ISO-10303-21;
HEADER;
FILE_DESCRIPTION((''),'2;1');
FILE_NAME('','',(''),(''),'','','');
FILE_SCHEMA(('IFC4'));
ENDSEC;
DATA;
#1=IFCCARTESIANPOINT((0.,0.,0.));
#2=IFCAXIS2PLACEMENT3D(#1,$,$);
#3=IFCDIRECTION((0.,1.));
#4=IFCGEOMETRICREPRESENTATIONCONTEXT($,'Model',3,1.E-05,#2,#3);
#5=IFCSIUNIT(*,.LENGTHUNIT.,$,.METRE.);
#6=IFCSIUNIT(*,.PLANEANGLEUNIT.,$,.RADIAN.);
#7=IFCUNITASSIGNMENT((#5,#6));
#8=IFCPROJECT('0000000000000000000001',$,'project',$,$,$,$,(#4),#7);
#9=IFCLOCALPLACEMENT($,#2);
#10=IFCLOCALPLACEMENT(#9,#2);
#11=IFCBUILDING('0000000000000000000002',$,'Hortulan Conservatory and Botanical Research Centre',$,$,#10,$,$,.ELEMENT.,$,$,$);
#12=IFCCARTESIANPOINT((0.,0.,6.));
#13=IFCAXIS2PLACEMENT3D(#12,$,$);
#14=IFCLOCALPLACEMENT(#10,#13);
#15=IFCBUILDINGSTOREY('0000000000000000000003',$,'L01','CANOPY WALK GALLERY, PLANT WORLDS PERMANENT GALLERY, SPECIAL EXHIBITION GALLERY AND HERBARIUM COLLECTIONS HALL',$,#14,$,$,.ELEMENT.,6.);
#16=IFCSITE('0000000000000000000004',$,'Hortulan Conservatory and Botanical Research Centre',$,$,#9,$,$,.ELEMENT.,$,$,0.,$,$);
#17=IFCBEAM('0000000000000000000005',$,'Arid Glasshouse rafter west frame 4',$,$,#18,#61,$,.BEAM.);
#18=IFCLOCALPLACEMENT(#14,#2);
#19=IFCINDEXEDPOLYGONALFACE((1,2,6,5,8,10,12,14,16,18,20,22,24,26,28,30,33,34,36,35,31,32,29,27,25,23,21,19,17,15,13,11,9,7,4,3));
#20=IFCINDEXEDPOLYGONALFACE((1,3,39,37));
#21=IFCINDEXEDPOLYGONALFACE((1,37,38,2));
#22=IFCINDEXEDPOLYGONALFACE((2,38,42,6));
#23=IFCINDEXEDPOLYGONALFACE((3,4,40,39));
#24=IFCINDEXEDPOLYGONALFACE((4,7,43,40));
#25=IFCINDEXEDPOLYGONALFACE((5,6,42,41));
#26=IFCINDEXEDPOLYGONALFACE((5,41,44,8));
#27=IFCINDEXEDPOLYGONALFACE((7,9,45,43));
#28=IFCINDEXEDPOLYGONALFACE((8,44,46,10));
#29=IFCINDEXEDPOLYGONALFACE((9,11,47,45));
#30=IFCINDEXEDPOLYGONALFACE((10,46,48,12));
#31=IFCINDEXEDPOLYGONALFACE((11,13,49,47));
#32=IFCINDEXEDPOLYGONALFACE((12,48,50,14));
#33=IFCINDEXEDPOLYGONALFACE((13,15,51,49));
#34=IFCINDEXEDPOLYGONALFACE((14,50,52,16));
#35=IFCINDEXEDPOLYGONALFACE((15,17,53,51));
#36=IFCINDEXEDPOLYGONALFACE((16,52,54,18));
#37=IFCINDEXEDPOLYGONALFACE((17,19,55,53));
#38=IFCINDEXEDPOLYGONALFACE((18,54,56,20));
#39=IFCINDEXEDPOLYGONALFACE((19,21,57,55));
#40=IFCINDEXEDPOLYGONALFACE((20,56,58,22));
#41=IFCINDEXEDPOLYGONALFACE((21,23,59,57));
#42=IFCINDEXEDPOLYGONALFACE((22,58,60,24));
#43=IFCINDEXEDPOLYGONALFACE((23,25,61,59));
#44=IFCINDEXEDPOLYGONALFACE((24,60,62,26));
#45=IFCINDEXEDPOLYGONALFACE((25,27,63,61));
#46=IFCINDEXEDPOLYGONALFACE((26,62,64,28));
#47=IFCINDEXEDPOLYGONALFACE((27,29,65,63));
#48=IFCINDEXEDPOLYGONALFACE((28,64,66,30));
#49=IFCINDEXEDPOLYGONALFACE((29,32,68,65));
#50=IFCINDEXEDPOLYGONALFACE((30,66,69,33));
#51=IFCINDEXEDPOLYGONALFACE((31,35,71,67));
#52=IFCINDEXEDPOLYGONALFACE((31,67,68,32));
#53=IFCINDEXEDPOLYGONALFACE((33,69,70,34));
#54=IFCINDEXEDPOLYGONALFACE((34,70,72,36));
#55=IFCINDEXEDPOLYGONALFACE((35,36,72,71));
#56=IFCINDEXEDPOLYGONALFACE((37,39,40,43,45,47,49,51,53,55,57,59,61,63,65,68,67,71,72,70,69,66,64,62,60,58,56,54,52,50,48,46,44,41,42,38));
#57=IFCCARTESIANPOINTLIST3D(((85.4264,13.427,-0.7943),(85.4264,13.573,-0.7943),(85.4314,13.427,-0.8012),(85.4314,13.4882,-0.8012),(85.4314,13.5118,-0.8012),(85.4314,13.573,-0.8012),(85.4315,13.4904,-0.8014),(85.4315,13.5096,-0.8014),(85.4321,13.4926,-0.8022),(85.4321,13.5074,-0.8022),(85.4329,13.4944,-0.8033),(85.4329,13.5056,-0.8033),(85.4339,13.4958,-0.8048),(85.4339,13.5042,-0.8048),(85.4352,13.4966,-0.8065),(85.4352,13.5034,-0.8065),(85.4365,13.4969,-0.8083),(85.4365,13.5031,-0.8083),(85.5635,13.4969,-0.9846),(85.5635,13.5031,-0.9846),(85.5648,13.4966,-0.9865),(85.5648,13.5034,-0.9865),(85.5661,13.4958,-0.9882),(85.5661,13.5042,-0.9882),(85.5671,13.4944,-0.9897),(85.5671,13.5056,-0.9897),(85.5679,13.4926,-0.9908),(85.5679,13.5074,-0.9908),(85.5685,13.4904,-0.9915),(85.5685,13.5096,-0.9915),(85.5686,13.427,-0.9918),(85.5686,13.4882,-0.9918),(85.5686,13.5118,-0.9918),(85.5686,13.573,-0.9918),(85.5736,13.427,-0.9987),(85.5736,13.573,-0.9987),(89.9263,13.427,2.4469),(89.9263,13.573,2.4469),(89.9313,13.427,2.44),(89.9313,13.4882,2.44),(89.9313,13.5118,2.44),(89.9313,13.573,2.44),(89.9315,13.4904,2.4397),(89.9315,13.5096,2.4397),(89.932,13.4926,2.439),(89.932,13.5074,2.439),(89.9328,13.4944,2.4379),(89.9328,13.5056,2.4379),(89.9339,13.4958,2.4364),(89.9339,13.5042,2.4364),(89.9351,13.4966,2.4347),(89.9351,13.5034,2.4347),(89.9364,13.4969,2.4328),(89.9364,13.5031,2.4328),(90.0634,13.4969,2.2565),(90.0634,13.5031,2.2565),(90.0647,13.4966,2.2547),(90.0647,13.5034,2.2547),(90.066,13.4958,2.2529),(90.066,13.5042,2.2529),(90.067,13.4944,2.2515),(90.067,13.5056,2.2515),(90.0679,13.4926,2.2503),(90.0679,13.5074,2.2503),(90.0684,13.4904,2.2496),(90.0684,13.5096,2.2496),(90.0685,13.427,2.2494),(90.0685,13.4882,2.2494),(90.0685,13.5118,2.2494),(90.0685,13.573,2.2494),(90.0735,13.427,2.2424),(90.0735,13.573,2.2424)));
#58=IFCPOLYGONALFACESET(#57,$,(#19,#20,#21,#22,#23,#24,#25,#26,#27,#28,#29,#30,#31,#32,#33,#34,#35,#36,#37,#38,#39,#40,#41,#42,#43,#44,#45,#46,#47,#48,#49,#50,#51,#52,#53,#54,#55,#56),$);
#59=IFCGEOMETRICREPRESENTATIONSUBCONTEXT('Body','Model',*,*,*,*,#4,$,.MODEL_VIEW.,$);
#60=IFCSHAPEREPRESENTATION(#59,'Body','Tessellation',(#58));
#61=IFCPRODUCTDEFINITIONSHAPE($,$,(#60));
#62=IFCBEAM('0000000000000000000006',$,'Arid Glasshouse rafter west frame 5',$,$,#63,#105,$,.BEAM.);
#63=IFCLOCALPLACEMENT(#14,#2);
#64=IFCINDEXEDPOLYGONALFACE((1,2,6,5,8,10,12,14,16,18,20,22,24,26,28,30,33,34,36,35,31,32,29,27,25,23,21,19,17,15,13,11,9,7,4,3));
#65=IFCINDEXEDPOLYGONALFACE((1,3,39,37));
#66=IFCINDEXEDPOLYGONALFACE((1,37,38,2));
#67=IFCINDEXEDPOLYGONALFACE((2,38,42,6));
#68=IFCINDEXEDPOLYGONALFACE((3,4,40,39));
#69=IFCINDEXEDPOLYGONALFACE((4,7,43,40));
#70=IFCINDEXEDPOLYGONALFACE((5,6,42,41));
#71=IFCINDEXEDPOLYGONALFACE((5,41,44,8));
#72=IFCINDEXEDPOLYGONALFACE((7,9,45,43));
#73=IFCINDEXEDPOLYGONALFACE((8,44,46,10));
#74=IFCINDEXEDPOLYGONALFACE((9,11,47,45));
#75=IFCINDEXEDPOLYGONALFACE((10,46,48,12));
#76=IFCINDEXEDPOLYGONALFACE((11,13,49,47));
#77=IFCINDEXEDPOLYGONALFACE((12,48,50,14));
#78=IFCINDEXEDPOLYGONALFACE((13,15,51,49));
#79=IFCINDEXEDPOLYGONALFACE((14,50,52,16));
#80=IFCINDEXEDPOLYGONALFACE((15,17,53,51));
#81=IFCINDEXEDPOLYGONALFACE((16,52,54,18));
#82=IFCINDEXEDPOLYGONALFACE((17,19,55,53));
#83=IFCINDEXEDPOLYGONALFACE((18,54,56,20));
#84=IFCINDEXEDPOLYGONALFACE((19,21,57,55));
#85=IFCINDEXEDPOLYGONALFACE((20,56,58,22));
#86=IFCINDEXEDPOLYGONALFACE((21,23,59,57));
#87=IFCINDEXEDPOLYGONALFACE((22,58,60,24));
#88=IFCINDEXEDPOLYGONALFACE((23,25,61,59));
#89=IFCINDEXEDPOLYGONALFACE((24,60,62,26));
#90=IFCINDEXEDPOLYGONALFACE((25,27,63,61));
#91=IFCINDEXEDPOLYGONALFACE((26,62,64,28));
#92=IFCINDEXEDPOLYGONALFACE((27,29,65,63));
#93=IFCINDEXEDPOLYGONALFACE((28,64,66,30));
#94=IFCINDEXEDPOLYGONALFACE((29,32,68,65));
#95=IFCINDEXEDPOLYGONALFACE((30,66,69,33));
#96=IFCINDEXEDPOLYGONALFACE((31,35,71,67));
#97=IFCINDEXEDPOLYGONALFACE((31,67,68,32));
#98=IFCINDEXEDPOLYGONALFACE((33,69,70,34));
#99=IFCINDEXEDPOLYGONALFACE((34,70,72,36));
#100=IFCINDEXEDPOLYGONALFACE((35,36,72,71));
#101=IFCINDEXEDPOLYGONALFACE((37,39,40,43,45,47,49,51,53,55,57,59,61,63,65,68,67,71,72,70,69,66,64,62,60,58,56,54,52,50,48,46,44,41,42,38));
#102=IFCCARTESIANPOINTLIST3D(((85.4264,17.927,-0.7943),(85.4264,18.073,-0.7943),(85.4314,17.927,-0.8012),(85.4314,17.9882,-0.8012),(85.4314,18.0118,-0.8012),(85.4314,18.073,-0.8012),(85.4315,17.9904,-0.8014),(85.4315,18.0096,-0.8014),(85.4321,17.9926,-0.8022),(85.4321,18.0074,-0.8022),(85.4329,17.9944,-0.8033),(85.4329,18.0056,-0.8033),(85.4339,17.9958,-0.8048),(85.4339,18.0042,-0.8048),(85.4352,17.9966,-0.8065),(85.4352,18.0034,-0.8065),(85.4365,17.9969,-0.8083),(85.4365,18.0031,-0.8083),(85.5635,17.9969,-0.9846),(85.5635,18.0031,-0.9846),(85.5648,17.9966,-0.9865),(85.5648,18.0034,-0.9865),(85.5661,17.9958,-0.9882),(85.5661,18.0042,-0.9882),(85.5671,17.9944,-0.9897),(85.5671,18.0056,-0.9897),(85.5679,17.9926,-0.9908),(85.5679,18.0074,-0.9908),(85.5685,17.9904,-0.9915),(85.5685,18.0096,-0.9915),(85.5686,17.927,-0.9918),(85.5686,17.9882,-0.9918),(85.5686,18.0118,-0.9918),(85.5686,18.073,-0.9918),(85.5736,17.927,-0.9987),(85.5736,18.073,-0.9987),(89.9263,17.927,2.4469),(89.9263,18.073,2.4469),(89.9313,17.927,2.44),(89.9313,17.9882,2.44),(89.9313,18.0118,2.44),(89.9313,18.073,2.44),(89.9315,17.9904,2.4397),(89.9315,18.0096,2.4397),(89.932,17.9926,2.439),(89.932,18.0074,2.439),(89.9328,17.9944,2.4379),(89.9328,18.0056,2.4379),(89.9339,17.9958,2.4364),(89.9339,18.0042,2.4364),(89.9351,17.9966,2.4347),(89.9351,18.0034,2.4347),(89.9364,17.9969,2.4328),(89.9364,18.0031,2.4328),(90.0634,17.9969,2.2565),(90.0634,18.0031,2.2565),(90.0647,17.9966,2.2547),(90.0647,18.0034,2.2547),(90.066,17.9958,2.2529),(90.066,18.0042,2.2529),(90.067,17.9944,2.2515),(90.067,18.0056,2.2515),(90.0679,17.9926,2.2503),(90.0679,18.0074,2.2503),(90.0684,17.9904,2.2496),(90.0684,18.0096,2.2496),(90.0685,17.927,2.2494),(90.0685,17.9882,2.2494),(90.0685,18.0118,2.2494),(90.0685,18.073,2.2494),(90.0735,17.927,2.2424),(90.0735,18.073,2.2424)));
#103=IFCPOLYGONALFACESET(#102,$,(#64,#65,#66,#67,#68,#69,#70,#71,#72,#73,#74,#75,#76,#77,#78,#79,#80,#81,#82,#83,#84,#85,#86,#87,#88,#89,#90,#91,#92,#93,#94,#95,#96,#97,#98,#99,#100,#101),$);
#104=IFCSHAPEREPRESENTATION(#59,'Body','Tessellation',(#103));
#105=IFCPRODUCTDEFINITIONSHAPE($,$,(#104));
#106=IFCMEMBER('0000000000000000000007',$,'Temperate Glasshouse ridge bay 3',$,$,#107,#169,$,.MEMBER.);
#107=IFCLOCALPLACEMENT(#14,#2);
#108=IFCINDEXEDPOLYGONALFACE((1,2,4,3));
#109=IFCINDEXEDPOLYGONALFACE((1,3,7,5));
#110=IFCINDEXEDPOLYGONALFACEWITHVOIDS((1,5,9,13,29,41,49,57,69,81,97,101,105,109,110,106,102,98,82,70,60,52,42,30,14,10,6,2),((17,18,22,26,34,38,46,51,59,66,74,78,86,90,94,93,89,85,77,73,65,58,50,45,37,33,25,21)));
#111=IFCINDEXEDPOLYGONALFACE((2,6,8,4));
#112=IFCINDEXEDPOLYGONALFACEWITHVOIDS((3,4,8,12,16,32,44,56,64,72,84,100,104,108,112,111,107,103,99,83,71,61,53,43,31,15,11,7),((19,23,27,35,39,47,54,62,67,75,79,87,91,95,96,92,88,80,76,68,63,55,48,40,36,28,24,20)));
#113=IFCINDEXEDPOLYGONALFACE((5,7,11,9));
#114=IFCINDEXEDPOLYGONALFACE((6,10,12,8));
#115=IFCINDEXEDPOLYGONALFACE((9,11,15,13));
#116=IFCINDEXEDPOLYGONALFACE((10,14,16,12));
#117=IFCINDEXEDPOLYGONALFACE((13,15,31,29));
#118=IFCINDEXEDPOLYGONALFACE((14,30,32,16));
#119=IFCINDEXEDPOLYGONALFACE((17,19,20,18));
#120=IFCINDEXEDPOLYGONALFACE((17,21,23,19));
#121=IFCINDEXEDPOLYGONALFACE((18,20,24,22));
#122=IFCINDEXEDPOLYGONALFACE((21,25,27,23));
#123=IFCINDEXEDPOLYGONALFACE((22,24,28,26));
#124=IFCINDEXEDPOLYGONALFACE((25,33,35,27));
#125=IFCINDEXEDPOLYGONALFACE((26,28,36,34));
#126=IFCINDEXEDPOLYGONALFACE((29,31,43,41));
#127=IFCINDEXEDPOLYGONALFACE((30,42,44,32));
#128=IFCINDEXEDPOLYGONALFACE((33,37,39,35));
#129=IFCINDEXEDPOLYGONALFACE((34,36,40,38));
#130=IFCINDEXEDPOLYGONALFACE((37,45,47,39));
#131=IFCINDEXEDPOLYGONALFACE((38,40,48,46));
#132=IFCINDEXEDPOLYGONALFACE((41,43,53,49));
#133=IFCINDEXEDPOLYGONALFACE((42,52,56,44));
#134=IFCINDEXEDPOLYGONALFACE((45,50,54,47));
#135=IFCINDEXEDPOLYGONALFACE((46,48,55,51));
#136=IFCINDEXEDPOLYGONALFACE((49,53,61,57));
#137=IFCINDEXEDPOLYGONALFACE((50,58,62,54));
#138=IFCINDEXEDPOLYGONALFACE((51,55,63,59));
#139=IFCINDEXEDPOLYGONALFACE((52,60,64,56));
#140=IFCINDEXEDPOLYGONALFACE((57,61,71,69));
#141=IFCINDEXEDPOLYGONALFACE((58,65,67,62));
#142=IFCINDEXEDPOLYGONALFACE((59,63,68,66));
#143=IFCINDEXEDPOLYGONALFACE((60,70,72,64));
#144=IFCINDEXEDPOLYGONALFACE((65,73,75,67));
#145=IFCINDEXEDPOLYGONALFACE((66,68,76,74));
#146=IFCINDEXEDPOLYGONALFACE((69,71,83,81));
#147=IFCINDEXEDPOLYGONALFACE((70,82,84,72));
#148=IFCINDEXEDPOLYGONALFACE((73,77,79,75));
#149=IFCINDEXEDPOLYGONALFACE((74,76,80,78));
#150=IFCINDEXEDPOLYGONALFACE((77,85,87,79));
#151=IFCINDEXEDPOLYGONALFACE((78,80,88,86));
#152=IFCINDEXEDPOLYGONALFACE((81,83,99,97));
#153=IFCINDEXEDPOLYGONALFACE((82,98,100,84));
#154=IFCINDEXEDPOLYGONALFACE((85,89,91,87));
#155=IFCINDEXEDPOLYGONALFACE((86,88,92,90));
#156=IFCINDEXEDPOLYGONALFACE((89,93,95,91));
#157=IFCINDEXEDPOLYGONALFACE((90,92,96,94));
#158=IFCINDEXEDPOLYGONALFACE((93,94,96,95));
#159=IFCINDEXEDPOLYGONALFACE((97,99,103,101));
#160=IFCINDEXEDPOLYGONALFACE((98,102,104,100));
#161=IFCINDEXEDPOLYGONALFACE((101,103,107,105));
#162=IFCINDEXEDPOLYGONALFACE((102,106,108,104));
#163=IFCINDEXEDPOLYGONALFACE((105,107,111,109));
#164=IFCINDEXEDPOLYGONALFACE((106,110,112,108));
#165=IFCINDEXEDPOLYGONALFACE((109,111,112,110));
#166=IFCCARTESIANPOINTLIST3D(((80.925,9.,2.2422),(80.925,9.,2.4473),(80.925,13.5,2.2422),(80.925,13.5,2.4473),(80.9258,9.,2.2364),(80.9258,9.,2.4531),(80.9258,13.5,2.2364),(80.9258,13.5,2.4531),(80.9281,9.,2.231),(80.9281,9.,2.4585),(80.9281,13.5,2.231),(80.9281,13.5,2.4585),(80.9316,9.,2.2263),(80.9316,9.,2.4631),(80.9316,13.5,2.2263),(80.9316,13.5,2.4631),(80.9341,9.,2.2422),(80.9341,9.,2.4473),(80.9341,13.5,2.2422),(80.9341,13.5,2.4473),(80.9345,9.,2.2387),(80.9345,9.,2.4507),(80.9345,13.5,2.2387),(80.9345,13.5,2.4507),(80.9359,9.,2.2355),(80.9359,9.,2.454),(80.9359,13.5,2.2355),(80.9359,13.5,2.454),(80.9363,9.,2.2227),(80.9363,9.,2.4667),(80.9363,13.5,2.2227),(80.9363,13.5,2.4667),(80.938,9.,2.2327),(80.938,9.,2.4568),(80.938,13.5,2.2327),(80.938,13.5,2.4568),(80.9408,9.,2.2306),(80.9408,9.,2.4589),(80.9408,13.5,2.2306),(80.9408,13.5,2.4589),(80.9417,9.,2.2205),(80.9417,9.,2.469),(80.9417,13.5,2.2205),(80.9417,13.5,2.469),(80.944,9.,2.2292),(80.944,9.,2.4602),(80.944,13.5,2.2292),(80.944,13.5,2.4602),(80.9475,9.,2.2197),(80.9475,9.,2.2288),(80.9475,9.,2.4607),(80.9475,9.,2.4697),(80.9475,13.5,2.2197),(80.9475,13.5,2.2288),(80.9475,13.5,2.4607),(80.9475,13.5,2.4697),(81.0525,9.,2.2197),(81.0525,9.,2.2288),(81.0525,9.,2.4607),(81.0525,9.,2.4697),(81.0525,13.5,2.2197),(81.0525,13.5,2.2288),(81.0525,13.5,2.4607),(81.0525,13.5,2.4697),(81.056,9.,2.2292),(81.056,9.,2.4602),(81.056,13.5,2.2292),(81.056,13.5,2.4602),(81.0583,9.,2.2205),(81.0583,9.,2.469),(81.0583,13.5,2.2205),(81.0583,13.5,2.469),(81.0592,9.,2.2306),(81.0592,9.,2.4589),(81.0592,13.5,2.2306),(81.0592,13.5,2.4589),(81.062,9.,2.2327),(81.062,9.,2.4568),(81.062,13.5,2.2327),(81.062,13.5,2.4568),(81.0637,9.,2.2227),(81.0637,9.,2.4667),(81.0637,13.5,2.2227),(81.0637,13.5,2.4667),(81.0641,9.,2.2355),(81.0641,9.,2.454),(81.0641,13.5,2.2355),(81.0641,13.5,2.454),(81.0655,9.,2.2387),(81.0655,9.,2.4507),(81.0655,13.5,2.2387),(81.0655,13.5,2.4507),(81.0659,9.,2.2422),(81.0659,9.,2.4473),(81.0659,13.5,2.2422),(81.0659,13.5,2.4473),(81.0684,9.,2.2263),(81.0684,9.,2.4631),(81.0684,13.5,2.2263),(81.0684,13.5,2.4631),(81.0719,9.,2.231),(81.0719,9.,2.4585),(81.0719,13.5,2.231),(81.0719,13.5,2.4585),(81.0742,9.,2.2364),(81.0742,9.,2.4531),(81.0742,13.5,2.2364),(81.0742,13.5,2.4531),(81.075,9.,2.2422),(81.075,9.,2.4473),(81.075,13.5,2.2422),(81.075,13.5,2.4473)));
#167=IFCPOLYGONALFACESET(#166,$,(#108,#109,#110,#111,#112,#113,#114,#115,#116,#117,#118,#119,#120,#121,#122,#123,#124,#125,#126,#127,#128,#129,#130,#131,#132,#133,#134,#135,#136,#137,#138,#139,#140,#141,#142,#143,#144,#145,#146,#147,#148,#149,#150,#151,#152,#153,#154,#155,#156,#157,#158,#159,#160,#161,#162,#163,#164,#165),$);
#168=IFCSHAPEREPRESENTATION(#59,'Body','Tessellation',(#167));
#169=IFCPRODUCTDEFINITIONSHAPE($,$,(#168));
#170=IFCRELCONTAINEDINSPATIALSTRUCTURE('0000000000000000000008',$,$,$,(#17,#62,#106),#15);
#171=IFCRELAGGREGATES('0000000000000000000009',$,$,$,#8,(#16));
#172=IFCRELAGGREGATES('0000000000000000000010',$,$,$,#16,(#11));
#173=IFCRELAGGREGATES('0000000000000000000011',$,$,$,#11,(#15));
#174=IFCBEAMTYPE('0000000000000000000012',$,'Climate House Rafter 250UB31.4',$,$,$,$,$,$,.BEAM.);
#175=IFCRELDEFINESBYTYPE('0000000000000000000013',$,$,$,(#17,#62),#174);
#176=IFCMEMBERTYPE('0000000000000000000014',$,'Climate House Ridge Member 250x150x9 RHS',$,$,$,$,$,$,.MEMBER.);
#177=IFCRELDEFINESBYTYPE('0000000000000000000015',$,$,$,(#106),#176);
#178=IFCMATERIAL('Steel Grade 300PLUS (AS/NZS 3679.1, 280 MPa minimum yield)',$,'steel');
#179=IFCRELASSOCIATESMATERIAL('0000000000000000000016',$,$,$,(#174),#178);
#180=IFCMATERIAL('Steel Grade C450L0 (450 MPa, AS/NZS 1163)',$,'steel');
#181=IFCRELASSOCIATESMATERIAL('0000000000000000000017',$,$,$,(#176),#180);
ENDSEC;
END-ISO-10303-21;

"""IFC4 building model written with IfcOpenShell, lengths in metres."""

from ifc_helpers import new_model, si_unit, direction, frame, origin, origin_2d, place, context, subcontext, project, spatial, hollow_rectangle, i_section, extrude, material, material_profile, profile_set, type_object, element, save


model = new_model("IFC4")

# Units and contexts
model_context = context("Model", 3, precision=1e-05, world=origin(), true_north=direction((0.0, 1.0)))
body_context = subcontext(model_context, "Body", "Model", "MODEL_VIEW")
ifc_project = project(units=[si_unit("LENGTHUNIT", "METRE"), si_unit("PLANEANGLEUNIT", "RADIAN")], contexts=[model_context])

# Site, building, storey
site_placement = place(None, origin())
site = spatial("IfcSite", under=ifc_project, at=site_placement, Name="Hortulan Conservatory and Botanical Research Centre", CompositionType="ELEMENT", RefElevation=0.0)
building_placement = place(site_placement, origin())
building = spatial("IfcBuilding", under=site, at=building_placement, Name="Hortulan Conservatory and Botanical Research Centre", CompositionType="ELEMENT")
storey_placement = place(building_placement, frame((0.0, 0.0, 6.0)))
storey = spatial("IfcBuildingStorey", under=building, at=storey_placement, Name="L01", Description="CANOPY WALK GALLERY, PLANT WORLDS PERMANENT GALLERY, SPECIAL EXHIBITION GALLERY AND HERBARIUM COLLECTIONS HALL", CompositionType="ELEMENT", Elevation=6.0)

# Shared definitions
ifc_material_1 = material(Name="Steel Grade C450L0 (450 MPa, AS/NZS 1163)", Category="steel")

# Beams
ifc_material_2 = material(Name="Steel Grade 300PLUS (AS/NZS 3679.1, 280 MPa minimum yield)", Category="steel")
ifc_material_profile_1 = material_profile(ifc_material_2, i_section(OverallWidth=0.146, OverallDepth=0.252, WebThickness=0.0061, FlangeThickness=0.0085, FilletRadius=0.0088, at=origin_2d()), Name="250UB31.4")
ifc_profile_set_1 = profile_set([ifc_material_profile_1], Name="Steel Grade 300PLUS (AS/NZS 3679.1, 280 MPa minimum yield)")
beam_type = type_object("IfcBeamType", Name="Climate House Rafter 250UB31.4", PredefinedType="BEAM", material=ifc_profile_set_1)
for number, where, z_axis, x_axis, name in (
    (1, (85.5, 13.5, -0.8965), (0.811431, 0.0, 0.584449), (0.0, 1.0, 0.0), "Arid Glasshouse rafter west frame 4"),
    (2, (85.5, 18.0, -0.8965), (0.811431, 0.0, 0.584449), (0.0, 1.0, 0.0), "Arid Glasshouse rafter west frame 5"),
):
    element("IfcBeam", number, at=place(storey_placement, frame(where, z_axis=z_axis, x_axis=x_axis)), inside=storey, type_object=beam_type, Name=name, PredefinedType="BEAM", context=body_context, shape_type="SweptSolid", body=[
        extrude(i_section(OverallWidth=0.146, OverallDepth=0.252, WebThickness=0.0061, FlangeThickness=0.0085, FilletRadius=0.0088, at=origin_2d()), origin(), (0.0, 0.0, 1.0), 5.5457),
    ])

# Member
ifc_material_profile_2 = material_profile(ifc_material_1, hollow_rectangle(XDim=0.1499, YDim=0.25, WallThickness=0.009, InnerFilletRadius=0.0134, OuterFilletRadius=0.0225, at=origin_2d()), Name="250x150x9RHS")
ifc_profile_set_2 = profile_set([ifc_material_profile_2], Name="Steel Grade C450L0 (450 MPa, AS/NZS 1163)")
member_type_1 = type_object("IfcMemberType", Name="Climate House Ridge Member 250x150x9 RHS", PredefinedType="MEMBER", material=ifc_profile_set_2)
for number, where, z_axis, x_axis, name in (
    (3, (81.0, 9.0, 2.3447), (0.0, 1.0, 0.0), (-1.0, 0.0, 0.0), "Temperate Glasshouse ridge bay 3"),
):
    element("IfcMember", number, at=place(storey_placement, frame(where, z_axis=z_axis, x_axis=x_axis)), inside=storey, type_object=member_type_1, Name=name, PredefinedType="MEMBER", context=body_context, shape_type="SweptSolid", body=[
        extrude(hollow_rectangle(XDim=0.1499, YDim=0.25, WallThickness=0.009, InnerFilletRadius=0.0134, OuterFilletRadius=0.0225, at=origin_2d()), origin(), (0.0, 0.0, 1.0), 4.5),
    ])

save(model, "model.ifc")
